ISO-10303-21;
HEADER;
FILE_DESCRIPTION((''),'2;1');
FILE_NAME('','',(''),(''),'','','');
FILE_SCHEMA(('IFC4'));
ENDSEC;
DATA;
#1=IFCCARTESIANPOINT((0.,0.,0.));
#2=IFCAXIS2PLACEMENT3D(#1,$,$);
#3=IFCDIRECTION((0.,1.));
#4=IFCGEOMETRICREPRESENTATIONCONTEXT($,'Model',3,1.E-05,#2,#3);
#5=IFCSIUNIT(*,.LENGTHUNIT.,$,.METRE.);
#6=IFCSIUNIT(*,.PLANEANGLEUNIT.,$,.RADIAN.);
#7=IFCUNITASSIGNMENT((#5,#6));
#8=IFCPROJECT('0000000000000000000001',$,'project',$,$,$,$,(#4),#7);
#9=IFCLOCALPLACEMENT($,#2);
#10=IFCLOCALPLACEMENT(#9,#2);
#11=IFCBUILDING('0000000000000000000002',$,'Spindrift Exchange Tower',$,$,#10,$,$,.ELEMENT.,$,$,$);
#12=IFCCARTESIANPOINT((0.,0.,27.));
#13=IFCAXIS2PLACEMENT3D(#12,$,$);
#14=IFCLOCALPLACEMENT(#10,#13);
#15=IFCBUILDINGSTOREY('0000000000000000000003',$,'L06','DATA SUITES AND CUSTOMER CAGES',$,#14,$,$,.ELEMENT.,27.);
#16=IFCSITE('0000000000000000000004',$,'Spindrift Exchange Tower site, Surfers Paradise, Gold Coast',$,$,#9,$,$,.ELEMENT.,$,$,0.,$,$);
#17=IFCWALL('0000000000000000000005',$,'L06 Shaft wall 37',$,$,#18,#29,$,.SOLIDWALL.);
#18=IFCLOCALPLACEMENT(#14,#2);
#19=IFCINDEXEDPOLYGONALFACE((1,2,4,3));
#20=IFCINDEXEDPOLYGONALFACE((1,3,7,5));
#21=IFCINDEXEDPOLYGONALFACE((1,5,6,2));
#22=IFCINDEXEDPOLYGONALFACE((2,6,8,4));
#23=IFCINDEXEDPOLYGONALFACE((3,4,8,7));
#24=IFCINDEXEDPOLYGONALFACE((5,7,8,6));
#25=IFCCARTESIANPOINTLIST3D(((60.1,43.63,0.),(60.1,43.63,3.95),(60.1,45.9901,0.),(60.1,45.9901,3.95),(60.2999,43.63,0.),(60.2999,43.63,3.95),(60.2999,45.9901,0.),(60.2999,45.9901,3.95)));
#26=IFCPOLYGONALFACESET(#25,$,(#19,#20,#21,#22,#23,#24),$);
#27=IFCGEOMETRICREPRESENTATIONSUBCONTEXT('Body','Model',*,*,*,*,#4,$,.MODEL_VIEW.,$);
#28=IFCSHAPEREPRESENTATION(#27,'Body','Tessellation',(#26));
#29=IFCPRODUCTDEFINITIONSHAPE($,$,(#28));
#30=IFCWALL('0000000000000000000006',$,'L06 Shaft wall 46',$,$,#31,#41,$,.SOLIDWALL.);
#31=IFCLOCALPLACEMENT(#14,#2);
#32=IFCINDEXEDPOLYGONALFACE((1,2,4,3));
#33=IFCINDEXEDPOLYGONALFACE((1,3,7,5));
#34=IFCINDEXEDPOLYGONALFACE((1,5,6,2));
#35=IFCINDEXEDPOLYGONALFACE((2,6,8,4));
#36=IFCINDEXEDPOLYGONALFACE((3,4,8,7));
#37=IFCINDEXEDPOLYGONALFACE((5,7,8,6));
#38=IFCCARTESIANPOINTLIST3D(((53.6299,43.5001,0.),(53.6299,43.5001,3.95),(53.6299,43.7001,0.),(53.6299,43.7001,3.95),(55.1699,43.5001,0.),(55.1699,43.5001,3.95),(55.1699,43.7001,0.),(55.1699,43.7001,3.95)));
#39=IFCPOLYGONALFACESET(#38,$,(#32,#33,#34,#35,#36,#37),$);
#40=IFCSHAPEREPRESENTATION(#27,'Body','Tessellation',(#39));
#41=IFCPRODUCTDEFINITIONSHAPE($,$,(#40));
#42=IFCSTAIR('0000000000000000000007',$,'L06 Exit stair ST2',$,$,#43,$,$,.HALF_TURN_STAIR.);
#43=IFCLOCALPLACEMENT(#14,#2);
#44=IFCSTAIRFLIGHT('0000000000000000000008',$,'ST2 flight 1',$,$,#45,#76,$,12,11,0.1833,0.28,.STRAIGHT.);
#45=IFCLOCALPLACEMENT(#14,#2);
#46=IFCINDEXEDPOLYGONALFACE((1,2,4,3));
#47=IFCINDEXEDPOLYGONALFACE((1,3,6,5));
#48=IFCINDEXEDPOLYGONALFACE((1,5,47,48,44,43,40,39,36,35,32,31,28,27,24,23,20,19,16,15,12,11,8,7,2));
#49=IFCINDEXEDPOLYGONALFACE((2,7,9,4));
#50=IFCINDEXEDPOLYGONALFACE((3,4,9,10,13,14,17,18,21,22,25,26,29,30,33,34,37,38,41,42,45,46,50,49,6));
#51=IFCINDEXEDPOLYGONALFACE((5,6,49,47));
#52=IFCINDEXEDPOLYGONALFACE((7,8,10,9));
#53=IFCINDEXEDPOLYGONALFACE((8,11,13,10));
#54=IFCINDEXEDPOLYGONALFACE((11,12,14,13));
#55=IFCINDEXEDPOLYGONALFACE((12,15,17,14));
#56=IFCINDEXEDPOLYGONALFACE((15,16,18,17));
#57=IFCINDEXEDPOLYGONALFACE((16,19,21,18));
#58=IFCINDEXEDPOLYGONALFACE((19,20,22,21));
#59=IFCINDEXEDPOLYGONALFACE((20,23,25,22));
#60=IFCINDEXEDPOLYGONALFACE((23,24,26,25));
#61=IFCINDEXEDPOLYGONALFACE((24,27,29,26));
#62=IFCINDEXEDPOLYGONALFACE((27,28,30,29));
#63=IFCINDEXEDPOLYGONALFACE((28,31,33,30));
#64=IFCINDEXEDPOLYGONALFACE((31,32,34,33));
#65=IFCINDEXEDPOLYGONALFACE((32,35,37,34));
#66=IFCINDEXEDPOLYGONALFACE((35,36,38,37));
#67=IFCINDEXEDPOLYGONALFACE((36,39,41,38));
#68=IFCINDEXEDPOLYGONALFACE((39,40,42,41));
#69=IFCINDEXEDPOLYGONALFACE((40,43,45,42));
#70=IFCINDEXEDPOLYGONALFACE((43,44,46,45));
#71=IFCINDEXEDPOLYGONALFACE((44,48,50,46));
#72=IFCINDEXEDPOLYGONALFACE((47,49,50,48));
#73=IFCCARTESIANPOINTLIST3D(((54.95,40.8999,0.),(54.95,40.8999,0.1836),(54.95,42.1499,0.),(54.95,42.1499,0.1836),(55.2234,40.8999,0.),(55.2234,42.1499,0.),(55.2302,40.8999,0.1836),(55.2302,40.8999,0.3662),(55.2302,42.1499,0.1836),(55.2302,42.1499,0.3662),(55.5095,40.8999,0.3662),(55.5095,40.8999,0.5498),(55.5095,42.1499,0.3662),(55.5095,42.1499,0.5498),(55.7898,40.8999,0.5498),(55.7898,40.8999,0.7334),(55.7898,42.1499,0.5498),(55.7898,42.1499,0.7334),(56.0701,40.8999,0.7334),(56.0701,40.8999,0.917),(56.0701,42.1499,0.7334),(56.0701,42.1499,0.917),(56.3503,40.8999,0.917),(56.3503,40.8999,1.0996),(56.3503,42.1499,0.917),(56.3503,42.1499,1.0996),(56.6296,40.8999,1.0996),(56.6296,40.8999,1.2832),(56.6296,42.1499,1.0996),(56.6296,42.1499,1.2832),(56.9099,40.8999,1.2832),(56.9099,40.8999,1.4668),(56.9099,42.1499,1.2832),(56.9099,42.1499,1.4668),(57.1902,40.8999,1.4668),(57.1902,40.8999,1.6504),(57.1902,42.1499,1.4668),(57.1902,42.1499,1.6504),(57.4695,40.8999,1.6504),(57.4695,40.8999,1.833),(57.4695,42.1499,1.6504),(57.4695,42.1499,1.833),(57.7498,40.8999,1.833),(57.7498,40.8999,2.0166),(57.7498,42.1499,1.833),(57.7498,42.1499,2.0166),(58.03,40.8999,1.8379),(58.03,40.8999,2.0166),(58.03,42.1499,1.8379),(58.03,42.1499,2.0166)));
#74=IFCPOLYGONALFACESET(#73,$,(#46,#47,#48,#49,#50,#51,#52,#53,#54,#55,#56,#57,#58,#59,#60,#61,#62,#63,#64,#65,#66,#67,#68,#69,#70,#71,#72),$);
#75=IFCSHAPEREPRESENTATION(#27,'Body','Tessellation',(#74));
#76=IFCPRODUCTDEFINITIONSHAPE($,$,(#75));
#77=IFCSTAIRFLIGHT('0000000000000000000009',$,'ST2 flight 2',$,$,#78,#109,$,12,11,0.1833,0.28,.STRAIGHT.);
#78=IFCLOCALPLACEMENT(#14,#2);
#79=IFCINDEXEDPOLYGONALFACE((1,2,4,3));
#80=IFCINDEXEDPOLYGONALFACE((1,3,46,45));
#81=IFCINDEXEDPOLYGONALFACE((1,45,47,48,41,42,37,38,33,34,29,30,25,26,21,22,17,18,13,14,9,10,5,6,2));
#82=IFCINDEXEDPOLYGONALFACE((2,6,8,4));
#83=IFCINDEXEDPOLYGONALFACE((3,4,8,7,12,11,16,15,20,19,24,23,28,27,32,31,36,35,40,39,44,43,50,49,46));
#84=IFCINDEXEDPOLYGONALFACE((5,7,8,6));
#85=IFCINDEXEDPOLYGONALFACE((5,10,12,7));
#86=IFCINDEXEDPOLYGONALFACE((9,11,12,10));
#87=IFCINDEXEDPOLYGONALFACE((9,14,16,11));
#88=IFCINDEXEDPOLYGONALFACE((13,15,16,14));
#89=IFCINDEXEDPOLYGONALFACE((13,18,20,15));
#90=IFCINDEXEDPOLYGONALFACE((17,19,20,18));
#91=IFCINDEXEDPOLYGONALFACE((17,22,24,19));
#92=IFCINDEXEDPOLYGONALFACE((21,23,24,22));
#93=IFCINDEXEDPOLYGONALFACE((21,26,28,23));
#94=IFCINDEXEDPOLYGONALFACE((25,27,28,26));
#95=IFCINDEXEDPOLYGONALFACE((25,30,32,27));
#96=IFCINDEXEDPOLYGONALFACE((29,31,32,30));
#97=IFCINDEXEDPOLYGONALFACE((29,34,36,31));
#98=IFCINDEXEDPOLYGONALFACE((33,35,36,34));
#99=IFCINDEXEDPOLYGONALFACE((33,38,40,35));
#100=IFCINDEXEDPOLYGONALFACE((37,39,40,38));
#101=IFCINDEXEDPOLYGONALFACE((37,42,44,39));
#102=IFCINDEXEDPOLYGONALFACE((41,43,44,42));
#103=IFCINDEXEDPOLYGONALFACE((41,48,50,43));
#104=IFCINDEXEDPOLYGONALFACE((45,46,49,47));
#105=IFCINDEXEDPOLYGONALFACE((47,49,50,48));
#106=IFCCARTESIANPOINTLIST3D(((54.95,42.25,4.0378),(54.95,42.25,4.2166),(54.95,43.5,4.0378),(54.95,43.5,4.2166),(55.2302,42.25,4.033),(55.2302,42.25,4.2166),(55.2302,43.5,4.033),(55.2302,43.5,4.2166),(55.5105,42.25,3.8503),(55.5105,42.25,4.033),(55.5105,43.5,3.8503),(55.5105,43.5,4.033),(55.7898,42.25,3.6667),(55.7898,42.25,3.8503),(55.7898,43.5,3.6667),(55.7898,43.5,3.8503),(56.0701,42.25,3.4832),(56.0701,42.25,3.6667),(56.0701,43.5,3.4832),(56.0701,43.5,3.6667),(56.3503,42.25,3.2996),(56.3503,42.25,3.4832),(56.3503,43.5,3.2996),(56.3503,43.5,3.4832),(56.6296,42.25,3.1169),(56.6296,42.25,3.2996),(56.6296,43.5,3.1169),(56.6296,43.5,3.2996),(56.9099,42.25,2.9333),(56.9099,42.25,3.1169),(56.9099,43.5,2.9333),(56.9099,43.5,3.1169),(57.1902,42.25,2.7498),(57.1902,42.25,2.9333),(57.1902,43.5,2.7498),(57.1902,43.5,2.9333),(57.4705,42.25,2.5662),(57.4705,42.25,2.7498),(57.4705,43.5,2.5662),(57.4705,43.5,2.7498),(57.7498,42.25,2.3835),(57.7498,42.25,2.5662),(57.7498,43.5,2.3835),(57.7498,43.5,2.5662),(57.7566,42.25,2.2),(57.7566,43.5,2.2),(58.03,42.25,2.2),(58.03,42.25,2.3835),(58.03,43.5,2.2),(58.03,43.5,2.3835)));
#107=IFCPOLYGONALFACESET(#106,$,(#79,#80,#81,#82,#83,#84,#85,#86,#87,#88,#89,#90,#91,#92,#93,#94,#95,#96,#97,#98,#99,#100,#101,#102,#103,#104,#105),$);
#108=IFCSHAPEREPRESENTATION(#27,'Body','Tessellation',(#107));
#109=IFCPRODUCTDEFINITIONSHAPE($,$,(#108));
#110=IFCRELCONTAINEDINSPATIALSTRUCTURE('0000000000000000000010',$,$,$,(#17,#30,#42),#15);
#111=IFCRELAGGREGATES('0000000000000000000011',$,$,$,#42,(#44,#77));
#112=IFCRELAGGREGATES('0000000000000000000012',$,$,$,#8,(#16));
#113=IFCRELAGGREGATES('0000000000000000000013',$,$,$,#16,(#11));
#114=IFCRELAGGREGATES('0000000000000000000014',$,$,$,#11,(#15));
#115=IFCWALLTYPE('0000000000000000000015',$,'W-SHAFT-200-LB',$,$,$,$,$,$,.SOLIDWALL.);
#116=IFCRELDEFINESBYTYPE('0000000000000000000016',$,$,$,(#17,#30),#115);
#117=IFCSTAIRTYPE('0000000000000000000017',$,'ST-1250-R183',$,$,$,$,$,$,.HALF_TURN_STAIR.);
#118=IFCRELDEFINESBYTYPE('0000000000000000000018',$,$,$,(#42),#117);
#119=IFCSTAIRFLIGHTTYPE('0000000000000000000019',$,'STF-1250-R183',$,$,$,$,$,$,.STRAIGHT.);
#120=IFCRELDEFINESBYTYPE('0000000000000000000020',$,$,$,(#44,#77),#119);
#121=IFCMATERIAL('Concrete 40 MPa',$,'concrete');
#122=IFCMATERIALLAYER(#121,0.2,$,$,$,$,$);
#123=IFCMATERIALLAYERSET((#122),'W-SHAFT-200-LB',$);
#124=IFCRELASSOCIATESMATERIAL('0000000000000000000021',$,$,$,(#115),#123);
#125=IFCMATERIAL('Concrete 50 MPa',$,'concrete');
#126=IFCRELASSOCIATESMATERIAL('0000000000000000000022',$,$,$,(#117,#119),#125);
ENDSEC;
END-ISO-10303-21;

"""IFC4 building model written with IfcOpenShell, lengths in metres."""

from ifc_helpers import new_model, si_unit, direction, frame, frame_2d, origin, place, context, subcontext, project, spatial, line, indexed_curve, rectangle, outline, extrude, material, layer, layer_set, type_object, element, aggregate, save


model = new_model("IFC4")

# Units and contexts
model_context = context("Model", 3, precision=1e-05, world=origin(), true_north=direction((0.0, 1.0)))
body_context = subcontext(model_context, "Body", "Model", "MODEL_VIEW")
ifc_project = project(units=[si_unit("LENGTHUNIT", "METRE"), si_unit("PLANEANGLEUNIT", "RADIAN")], contexts=[model_context])

# Site, building, storey
site_placement = place(None, origin())
site = spatial("IfcSite", under=ifc_project, at=site_placement, Name="Spindrift Exchange Tower site, Surfers Paradise, Gold Coast", CompositionType="ELEMENT", RefElevation=0.0)
building_placement = place(site_placement, origin())
building = spatial("IfcBuilding", under=site, at=building_placement, Name="Spindrift Exchange Tower", CompositionType="ELEMENT")
storey_placement = place(building_placement, frame((0.0, 0.0, 27.0)))
storey = spatial("IfcBuildingStorey", under=building, at=storey_placement, Name="L06", Description="DATA SUITES AND CUSTOMER CAGES", CompositionType="ELEMENT", Elevation=27.0)

# Shared definitions
ifc_material_1 = material(Name="Concrete 40 MPa", Category="concrete")
ifc_layer_1 = layer(ifc_material_1, 0.2)
ifc_layer_set_1 = layer_set([ifc_layer_1], Name="W-SHAFT-200-LB")
wall_type_1 = type_object("IfcWallType", Name="W-SHAFT-200-LB", PredefinedType="SOLIDWALL", material=ifc_layer_set_1)

# Walls
for number, where, z_axis, x_axis, name in (
    (1, (60.2, 43.6299, 0.0), (0.0, 0.0, 1.0), (0.0, 1.0, 0.0), "L06 Shaft wall 37"),
):
    element("IfcWall", number, at=place(storey_placement, frame(where, z_axis=z_axis, x_axis=x_axis)), inside=storey, type_object=wall_type_1, Name=name, PredefinedType="SOLIDWALL", context=body_context, shape_type="SweptSolid", body=[
        extrude(rectangle(XDim=2.3601, YDim=0.2, at=frame_2d((1.1802, 0.0))), origin(), (0.0, 0.0, 1.0), 3.95),
    ])
wall_1_placement = place(storey_placement, frame((53.6299, 43.6001, 0.0), z_axis=(0.0, 0.0, 1.0), x_axis=(1.0, 0.0, 0.0)))
element("IfcWall", 2, at=wall_1_placement, inside=storey, type_object=wall_type_1, Name="L06 Shaft wall 46", PredefinedType="SOLIDWALL", context=body_context, shape_type="SweptSolid", body=[
    extrude(rectangle(XDim=1.54, YDim=0.2, at=frame_2d((0.77, 0.0))), origin(), (0.0, 0.0, 1.0), 3.95),
])

# Stair, stair flights
ifc_material_2 = material(Name="Concrete 50 MPa", Category="concrete")
stair_type = type_object("IfcStairType", Name="ST-1250-R183", PredefinedType="HALF_TURN_STAIR", material=ifc_material_2)
stair_placement = place(storey_placement, origin())
stair = element("IfcStair", 3, at=stair_placement, inside=storey, type_object=stair_type, Name="L06 Exit stair ST2", PredefinedType="HALF_TURN_STAIR")
stair_flight_type = type_object("IfcStairFlightType", Name="STF-1250-R183", PredefinedType="STRAIGHT", material=ifc_material_2)
stair_flight_1_placement = place(storey_placement, frame((54.95, 41.5249, 0.0), z_axis=(0.0, 0.0, 1.0), x_axis=(1.0, 0.0, 0.0)))
stair_flight_1 = element("IfcStairFlight", 4, at=stair_flight_1_placement, type_object=stair_flight_type, Name="ST2 flight 1", NumberOfRisers=12, NumberOfTreads=11, PredefinedType="STRAIGHT", RiserHeight=0.1833, TreadLength=0.28, context=body_context, shape_type="SweptSolid", body=[
    extrude(outline(indexed_curve([(0.0, 0.0), (0.0, 0.1836), (0.2803, 0.1836), (0.2803, 0.3662), (0.5596, 0.3662), (0.5596, 0.5498), (0.8398, 0.5498), (0.8398, 0.7334), (1.1201, 0.7334), (1.1201, 0.917), (1.4004, 0.917), (1.4004, 1.0996), (1.6797, 1.0996), (1.6797, 1.2832), (1.96, 1.2832), (1.96, 1.4668), (2.2402, 1.4668), (2.2402, 1.6504), (2.5195, 1.6504), (2.5195, 1.833), (2.7998, 1.833), (2.7998, 2.0166), (3.0801, 2.0166), (3.0801, 2.2002), (3.0801, 1.8379), (0.2734, 0.0)], segments=[line(1, 2, 3, 4, 5, 6, 7, 8, 9, 10, 11, 12, 13, 14, 15, 16, 17, 18, 19, 20, 21, 22, 23, 24, 25, 26, 1)], self_intersect=False)), frame((0.0, 0.625, 0.0), z_axis=(0.0, -1.0, 0.0), x_axis=(1.0, 0.0, 0.0)), (0.0, 0.0, 1.0), 1.25),
])
stair_flight_2_placement = place(storey_placement, frame((58.03, 42.875, 2.2), z_axis=(0.0, 0.0, 1.0), x_axis=(-1.0, 0.0, 0.0)))
stair_flight_2 = element("IfcStairFlight", 5, at=stair_flight_2_placement, type_object=stair_flight_type, Name="ST2 flight 2", NumberOfRisers=12, NumberOfTreads=11, PredefinedType="STRAIGHT", RiserHeight=0.1833, TreadLength=0.28, context=body_context, shape_type="SweptSolid", body=[
    extrude(outline(indexed_curve([(0.0, 0.0), (0.0, 0.1836), (0.2803, 0.1836), (0.2803, 0.3662), (0.5596, 0.3662), (0.5596, 0.5498), (0.8398, 0.5498), (0.8398, 0.7334), (1.1201, 0.7334), (1.1201, 0.917), (1.4004, 0.917), (1.4004, 1.0996), (1.6797, 1.0996), (1.6797, 1.2832), (1.96, 1.2832), (1.96, 1.4668), (2.2402, 1.4668), (2.2402, 1.6504), (2.5195, 1.6504), (2.5195, 1.833), (2.7998, 1.833), (2.7998, 2.0166), (3.0801, 2.0166), (3.0801, 2.2002), (3.0801, 1.8379), (0.2734, 0.0)], segments=[line(1, 2, 3, 4, 5, 6, 7, 8, 9, 10, 11, 12, 13, 14, 15, 16, 17, 18, 19, 20, 21, 22, 23, 24, 25, 26, 1)], self_intersect=False)), frame((0.0, 0.625, 0.0), z_axis=(0.0, -1.0, 0.0), x_axis=(1.0, 0.0, 0.0)), (0.0, 0.0, 1.0), 1.25),
])
aggregate(stair, [stair_flight_1, stair_flight_2])

save(model, "model.ifc")
